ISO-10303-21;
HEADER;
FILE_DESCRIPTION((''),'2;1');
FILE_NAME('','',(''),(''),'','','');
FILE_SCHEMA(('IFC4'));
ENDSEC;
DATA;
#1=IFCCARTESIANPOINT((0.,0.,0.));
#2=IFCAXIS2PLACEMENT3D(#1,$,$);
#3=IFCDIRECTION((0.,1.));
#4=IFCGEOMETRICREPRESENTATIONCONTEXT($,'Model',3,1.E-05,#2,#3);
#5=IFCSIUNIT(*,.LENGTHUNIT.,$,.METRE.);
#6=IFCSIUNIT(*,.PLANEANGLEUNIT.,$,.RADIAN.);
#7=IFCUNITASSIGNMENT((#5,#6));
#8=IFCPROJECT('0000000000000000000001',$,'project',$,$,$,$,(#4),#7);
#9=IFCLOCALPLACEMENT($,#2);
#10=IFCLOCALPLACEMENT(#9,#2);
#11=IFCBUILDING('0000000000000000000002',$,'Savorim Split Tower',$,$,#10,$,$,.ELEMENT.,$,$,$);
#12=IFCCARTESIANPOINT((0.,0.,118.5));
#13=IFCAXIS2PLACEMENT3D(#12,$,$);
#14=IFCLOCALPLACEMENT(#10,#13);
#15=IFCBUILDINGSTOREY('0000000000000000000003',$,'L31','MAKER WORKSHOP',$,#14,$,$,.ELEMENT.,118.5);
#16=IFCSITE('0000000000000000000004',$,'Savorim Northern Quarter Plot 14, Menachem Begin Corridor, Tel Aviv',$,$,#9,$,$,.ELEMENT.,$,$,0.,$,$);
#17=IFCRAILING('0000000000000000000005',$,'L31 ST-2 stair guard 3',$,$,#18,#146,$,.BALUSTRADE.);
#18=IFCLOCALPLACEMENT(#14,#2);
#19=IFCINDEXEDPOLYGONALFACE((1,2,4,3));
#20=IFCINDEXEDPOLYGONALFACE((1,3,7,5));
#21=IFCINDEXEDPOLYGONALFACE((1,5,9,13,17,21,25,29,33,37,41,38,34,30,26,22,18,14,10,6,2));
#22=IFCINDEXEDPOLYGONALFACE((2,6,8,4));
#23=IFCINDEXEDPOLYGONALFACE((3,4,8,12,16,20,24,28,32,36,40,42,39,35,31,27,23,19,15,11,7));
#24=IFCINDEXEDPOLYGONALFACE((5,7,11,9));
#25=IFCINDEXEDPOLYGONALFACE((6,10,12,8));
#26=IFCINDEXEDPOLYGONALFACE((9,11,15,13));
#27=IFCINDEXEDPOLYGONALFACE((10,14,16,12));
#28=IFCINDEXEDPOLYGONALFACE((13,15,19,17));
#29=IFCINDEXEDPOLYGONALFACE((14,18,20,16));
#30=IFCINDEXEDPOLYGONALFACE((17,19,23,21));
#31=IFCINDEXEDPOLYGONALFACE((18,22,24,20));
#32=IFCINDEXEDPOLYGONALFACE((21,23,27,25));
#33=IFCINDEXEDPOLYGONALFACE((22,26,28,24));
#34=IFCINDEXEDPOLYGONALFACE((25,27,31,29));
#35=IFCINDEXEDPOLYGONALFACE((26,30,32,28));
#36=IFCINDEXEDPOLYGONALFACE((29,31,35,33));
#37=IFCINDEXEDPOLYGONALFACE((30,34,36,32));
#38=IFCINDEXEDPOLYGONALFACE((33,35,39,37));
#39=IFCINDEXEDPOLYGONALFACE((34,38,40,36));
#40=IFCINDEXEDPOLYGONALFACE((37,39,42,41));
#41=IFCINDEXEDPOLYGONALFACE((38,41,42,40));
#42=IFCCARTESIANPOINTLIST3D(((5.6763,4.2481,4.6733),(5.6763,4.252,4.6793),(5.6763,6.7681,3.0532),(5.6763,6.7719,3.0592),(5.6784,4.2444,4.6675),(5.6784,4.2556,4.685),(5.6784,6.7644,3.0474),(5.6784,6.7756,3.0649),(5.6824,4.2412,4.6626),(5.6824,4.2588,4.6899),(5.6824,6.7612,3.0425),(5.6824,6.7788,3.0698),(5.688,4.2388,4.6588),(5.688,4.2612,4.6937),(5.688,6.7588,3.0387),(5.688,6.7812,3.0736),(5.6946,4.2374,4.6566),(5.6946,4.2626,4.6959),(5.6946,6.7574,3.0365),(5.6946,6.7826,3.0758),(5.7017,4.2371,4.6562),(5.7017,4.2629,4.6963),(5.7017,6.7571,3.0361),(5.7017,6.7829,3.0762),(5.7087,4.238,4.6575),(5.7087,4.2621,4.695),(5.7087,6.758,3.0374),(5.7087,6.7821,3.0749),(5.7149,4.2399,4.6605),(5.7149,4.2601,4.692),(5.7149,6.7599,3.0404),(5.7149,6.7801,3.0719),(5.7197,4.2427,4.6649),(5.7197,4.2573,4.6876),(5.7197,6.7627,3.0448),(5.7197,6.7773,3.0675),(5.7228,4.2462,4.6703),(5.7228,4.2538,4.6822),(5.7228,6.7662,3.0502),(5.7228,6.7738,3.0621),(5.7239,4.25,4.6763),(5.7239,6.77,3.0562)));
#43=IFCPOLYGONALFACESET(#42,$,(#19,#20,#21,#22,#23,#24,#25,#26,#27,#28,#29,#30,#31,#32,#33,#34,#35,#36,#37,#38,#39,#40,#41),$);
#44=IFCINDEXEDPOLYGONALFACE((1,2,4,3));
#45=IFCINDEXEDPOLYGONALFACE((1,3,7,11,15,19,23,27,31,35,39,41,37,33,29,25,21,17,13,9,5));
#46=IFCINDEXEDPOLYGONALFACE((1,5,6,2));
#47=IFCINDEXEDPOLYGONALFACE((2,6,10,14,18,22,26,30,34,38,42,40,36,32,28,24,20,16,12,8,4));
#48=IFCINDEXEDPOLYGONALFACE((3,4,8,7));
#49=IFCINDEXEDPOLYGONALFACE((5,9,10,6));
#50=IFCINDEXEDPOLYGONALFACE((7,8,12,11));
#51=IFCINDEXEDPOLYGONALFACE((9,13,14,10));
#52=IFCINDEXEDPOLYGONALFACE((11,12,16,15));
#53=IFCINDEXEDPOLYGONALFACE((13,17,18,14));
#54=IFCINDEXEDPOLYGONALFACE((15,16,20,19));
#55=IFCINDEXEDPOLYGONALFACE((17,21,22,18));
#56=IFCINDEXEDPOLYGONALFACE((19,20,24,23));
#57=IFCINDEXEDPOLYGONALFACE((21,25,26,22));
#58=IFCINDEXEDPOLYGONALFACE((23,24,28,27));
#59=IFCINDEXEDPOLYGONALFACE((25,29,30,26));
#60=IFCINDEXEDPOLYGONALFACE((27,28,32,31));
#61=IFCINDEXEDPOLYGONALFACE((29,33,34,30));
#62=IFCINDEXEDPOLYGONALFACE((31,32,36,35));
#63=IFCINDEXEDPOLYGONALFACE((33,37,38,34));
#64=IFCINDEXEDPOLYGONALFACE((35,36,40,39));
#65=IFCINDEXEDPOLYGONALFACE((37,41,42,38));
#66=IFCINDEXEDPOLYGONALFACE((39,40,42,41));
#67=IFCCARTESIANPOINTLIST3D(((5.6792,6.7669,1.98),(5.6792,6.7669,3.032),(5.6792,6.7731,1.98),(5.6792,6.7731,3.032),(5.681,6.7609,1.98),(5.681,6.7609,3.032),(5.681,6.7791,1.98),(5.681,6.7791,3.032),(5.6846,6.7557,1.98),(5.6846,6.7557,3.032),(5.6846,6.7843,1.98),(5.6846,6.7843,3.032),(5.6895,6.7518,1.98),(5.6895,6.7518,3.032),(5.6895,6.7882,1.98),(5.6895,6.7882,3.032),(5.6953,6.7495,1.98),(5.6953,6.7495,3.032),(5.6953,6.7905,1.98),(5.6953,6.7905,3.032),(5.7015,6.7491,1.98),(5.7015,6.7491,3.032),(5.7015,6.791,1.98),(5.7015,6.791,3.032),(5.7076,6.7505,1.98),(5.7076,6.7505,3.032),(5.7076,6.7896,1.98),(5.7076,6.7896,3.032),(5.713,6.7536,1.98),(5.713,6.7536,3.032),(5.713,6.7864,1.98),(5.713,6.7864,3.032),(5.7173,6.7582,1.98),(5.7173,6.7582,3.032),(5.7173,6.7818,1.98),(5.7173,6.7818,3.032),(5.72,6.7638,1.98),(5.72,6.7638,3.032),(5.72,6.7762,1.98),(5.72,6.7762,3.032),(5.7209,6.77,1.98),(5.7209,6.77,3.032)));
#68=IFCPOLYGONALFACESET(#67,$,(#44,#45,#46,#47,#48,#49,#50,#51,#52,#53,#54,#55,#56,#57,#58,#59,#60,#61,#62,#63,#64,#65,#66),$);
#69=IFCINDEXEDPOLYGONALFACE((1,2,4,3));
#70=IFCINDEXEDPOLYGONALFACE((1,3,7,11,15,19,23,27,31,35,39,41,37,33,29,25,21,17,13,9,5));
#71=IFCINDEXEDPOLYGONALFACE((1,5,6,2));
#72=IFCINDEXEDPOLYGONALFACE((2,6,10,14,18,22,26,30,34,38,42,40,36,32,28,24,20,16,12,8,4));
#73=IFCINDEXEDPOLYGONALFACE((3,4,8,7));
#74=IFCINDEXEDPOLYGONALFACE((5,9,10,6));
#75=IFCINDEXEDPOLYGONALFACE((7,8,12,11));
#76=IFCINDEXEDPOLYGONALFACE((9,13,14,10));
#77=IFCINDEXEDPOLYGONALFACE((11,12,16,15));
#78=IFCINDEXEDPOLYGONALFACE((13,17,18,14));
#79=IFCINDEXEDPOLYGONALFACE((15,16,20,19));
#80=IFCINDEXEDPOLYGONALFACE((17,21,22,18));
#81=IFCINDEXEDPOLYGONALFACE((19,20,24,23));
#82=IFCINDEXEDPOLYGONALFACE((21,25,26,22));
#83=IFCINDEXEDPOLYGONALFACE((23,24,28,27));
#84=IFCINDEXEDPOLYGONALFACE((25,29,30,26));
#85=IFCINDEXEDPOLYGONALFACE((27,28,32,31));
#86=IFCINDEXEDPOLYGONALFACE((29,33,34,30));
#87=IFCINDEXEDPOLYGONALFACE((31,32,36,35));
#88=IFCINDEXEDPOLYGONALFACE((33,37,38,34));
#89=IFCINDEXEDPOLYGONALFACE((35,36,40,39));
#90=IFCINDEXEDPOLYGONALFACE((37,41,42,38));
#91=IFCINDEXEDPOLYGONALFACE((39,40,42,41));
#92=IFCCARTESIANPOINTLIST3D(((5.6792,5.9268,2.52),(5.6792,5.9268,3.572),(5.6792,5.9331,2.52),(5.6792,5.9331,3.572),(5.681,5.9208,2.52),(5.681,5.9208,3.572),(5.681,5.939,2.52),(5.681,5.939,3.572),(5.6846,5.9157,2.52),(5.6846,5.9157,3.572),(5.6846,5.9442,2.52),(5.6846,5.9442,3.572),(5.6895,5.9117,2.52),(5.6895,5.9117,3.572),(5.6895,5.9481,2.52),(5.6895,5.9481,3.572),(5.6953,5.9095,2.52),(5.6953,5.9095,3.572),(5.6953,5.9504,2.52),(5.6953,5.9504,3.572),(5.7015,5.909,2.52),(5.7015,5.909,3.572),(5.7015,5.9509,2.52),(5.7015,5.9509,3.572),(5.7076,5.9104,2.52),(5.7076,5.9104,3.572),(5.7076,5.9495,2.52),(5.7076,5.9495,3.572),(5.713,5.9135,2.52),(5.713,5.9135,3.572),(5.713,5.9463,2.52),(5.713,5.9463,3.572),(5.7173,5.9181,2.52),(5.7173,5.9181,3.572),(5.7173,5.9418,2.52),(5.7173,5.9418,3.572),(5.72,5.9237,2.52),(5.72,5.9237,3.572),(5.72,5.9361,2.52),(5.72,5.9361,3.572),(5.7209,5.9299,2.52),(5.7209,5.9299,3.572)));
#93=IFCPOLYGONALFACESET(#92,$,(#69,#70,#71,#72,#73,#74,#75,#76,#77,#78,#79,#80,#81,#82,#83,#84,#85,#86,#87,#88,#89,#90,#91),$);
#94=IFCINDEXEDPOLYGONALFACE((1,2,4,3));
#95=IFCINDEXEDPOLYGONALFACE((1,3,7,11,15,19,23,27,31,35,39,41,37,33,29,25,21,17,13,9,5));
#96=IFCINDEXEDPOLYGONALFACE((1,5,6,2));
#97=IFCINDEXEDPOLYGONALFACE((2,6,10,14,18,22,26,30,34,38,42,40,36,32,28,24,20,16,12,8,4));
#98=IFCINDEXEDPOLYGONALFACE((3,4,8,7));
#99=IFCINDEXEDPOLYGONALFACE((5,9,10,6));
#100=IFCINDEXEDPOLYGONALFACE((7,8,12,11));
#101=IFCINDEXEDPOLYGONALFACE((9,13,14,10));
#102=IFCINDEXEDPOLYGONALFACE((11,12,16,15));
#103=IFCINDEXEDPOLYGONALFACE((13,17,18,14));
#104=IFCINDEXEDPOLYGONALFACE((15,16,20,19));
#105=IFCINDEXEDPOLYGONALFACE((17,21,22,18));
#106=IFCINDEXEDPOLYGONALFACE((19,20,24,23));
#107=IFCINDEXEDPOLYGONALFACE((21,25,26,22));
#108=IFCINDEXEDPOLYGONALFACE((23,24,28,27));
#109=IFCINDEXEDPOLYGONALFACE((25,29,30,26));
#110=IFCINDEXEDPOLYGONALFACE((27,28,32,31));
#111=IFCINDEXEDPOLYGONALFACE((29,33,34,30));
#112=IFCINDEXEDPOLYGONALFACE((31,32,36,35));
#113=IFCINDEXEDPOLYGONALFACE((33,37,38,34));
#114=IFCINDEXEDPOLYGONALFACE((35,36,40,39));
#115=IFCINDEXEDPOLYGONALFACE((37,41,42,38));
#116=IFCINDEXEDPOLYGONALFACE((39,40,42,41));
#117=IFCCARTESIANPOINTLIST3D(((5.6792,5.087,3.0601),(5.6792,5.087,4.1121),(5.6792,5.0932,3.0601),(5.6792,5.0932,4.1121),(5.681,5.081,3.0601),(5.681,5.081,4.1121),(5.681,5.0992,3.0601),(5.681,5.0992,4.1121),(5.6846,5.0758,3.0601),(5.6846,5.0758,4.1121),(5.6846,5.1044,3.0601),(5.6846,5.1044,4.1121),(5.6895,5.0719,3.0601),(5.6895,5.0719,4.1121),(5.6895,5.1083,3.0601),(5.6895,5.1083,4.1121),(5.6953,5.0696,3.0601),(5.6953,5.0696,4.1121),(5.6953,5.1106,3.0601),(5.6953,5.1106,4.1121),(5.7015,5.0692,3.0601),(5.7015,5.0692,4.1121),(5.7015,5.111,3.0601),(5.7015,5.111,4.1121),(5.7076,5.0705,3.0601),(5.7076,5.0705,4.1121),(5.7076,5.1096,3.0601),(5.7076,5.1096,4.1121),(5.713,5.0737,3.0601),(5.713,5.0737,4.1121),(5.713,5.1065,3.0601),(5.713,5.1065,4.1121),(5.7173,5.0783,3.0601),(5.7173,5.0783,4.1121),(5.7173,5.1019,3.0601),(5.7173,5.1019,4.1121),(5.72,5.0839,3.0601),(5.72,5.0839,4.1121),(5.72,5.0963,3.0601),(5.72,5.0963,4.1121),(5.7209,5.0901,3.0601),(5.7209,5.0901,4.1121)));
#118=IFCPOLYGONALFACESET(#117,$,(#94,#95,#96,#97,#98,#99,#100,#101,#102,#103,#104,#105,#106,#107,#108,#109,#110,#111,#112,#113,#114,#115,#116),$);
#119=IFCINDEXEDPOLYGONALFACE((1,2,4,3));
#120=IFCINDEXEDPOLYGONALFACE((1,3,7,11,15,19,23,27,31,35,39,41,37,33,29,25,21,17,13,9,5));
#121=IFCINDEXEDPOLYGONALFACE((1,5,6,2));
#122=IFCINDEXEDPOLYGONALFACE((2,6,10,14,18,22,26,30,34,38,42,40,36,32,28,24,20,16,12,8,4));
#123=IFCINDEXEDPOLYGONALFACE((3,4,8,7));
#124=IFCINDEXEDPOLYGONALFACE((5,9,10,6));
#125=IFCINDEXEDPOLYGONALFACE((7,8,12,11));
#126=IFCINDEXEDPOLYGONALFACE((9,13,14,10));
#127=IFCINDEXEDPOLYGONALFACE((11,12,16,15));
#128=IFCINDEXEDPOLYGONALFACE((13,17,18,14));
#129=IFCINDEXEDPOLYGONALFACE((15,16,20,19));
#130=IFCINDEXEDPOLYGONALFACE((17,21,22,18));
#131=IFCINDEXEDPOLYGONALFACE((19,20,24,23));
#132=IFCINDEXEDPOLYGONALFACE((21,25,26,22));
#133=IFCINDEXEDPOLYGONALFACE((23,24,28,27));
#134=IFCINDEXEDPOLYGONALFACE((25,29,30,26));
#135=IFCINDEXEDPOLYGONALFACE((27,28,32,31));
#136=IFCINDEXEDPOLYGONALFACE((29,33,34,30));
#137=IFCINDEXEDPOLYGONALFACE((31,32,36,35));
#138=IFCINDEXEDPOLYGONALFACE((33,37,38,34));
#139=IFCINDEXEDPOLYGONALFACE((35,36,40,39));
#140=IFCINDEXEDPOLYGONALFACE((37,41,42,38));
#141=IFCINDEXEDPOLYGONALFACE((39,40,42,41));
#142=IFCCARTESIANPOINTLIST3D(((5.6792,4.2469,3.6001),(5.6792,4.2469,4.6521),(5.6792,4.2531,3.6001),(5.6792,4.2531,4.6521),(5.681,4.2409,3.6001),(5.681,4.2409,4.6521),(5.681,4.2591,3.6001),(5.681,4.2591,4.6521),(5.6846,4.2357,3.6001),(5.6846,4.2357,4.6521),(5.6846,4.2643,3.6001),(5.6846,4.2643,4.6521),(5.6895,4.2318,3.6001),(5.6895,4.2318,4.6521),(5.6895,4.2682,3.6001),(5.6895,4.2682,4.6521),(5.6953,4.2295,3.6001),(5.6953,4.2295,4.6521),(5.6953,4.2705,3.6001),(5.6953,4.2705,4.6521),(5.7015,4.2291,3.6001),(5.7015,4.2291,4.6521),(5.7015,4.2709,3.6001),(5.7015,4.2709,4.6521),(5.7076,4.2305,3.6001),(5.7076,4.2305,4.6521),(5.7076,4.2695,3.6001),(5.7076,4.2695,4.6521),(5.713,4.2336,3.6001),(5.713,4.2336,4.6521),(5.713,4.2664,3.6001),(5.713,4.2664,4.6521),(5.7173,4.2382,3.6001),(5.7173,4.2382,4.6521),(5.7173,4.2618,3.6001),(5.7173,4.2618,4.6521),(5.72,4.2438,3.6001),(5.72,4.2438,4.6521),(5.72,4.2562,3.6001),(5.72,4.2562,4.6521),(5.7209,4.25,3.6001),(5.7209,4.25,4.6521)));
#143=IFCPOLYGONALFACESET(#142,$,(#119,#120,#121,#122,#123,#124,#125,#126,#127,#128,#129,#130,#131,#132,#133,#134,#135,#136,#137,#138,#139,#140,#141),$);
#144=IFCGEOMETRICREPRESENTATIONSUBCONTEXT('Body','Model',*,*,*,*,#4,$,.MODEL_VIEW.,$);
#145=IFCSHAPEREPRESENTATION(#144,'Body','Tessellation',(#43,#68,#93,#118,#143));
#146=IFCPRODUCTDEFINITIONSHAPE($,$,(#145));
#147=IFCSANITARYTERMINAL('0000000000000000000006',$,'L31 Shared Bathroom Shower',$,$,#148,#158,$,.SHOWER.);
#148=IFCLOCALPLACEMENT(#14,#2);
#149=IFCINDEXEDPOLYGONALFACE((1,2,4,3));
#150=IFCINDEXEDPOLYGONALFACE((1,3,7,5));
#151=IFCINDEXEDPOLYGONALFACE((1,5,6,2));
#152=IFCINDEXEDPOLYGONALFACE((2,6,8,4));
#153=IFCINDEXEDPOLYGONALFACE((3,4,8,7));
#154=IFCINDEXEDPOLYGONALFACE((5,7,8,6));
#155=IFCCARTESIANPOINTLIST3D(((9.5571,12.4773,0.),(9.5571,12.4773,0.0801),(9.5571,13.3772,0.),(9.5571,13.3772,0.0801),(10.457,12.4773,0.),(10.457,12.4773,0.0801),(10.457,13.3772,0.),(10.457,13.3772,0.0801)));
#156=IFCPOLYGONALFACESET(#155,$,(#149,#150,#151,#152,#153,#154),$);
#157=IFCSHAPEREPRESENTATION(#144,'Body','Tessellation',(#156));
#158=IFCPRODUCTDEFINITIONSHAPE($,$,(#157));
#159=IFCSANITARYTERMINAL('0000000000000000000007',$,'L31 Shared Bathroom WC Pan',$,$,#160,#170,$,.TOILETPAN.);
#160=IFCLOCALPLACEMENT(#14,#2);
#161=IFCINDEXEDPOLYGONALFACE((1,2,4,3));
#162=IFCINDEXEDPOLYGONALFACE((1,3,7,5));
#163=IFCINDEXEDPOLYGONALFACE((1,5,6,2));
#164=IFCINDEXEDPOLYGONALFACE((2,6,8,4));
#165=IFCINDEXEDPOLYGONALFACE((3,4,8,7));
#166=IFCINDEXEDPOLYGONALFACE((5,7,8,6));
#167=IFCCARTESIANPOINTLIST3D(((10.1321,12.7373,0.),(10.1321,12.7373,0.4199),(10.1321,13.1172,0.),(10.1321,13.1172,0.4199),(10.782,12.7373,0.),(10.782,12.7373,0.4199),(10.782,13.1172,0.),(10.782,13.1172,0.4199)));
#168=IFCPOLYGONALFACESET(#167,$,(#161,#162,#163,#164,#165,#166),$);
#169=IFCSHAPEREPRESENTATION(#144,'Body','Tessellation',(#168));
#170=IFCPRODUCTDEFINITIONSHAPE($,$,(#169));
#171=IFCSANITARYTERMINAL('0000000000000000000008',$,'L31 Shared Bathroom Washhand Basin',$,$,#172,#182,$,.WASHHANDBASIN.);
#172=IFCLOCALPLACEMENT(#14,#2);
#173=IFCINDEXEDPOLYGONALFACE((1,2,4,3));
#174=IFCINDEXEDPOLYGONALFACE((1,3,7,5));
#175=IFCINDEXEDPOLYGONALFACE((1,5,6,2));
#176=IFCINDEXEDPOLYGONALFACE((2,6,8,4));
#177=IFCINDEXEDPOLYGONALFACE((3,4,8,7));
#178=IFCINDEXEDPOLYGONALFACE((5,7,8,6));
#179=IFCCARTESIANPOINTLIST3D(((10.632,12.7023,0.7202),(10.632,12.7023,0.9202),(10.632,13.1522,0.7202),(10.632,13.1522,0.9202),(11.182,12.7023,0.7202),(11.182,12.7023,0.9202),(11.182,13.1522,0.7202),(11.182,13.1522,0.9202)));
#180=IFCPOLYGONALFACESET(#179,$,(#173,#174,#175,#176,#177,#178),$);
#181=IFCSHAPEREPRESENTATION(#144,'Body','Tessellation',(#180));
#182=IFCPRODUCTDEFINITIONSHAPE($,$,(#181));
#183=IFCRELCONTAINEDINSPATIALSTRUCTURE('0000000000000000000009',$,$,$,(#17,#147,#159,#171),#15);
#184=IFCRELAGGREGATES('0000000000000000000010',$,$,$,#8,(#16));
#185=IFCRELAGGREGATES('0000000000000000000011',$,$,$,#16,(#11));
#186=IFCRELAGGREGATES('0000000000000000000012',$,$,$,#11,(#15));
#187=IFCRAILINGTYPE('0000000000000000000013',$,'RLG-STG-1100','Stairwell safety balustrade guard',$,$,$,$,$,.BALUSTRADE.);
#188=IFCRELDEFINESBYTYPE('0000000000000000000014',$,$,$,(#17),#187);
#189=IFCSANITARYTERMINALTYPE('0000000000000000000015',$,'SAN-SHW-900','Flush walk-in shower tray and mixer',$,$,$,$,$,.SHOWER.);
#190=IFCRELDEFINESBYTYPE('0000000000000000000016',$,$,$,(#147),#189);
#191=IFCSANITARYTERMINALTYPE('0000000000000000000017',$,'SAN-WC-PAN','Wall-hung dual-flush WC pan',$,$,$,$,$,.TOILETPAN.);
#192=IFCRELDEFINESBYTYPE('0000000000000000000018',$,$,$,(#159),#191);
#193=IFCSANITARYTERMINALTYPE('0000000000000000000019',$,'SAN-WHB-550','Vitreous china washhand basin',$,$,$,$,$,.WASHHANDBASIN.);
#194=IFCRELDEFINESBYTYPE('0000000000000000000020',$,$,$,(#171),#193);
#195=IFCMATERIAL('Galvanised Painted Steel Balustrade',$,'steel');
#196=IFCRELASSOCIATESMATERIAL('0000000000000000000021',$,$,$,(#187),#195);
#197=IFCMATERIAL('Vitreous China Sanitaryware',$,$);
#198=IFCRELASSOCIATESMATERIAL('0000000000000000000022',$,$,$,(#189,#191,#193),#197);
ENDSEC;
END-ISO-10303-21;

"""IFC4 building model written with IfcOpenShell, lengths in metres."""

from ifc_helpers import new_model, si_unit, direction, frame, origin, origin_2d, place, context, subcontext, project, spatial, rectangle, circle, extrude, material, type_object, element, save


model = new_model("IFC4")

# Units and contexts
model_context = context("Model", 3, precision=1e-05, world=origin(), true_north=direction((0.0, 1.0)))
body_context = subcontext(model_context, "Body", "Model", "MODEL_VIEW")
ifc_project = project(units=[si_unit("LENGTHUNIT", "METRE"), si_unit("PLANEANGLEUNIT", "RADIAN")], contexts=[model_context])

# Site, building, storey
site_placement = place(None, origin())
site = spatial("IfcSite", under=ifc_project, at=site_placement, Name="Savorim Northern Quarter Plot 14, Menachem Begin Corridor, Tel Aviv", CompositionType="ELEMENT", RefElevation=0.0)
building_placement = place(site_placement, origin())
building = spatial("IfcBuilding", under=site, at=building_placement, Name="Savorim Split Tower", CompositionType="ELEMENT")
storey_placement = place(building_placement, frame((0.0, 0.0, 118.5)))
storey = spatial("IfcBuildingStorey", under=building, at=storey_placement, Name="L31", Description="MAKER WORKSHOP", CompositionType="ELEMENT", Elevation=118.5)

# Railing
ifc_material_1 = material(Name="Galvanised Painted Steel Balustrade", Category="steel")
railing_type = type_object("IfcRailingType", Name="RLG-STG-1100", Description="Stairwell safety balustrade guard", PredefinedType="BALUSTRADE", material=ifc_material_1)
railing_1_placement = place(storey_placement, frame((5.7, 6.77, 1.98)))
element("IfcRailing", 1, at=railing_1_placement, inside=storey, type_object=railing_type, Name="L31 ST-2 stair guard 3", PredefinedType="BALUSTRADE", context=body_context, shape_type="SweptSolid", body=[
    extrude(circle(Radius=0.0239, at=origin_2d()), frame((0.0, 0.0, 1.0762), z_axis=(0.0, -0.841163, 0.540782), x_axis=(1.0, 0.0, 0.0)), (0.0, 0.0, 1.0), 2.9958),
    extrude(circle(Radius=0.021, at=origin_2d()), origin(), (0.0, 0.0, 1.0), 1.052),
    extrude(circle(Radius=0.021, at=origin_2d()), frame((0.0, -0.8401, 0.54)), (0.0, 0.0, 1.0), 1.052),
    extrude(circle(Radius=0.021, at=origin_2d()), frame((0.0, -1.6799, 1.0801)), (0.0, 0.0, 1.0), 1.052),
    extrude(circle(Radius=0.021, at=origin_2d()), frame((0.0, -2.52, 1.6201)), (0.0, 0.0, 1.0), 1.052),
])

# Sanitary terminals
ifc_material_2 = material(Name="Vitreous China Sanitaryware")
sanitary_terminal_type_1 = type_object("IfcSanitaryTerminalType", Name="SAN-SHW-900", Description="Flush walk-in shower tray and mixer", PredefinedType="SHOWER", material=ifc_material_2)
sanitary_terminal_1_placement = place(storey_placement, frame((10.0071, 12.9272, 0.0), z_axis=(0.0, 0.0, 1.0), x_axis=(1.0, 0.0, 0.0)))
element("IfcSanitaryTerminal", 2, at=sanitary_terminal_1_placement, inside=storey, type_object=sanitary_terminal_type_1, Name="L31 Shared Bathroom Shower", PredefinedType="SHOWER", context=body_context, shape_type="SweptSolid", body=[
    extrude(rectangle(XDim=0.8999, YDim=0.8999, at=origin_2d()), origin(), (0.0, 0.0, 1.0), 0.0801),
])
sanitary_terminal_type_2 = type_object("IfcSanitaryTerminalType", Name="SAN-WC-PAN", Description="Wall-hung dual-flush WC pan", PredefinedType="TOILETPAN", material=ifc_material_2)
sanitary_terminal_2_placement = place(storey_placement, frame((10.457, 12.9272, 0.0), z_axis=(0.0, 0.0, 1.0), x_axis=(1.0, 0.0, 0.0)))
element("IfcSanitaryTerminal", 3, at=sanitary_terminal_2_placement, inside=storey, type_object=sanitary_terminal_type_2, Name="L31 Shared Bathroom WC Pan", PredefinedType="TOILETPAN", context=body_context, shape_type="SweptSolid", body=[
    extrude(rectangle(XDim=0.6499, YDim=0.3799, at=origin_2d()), origin(), (0.0, 0.0, 1.0), 0.4199),
])
sanitary_terminal_type_3 = type_object("IfcSanitaryTerminalType", Name="SAN-WHB-550", Description="Vitreous china washhand basin", PredefinedType="WASHHANDBASIN", material=ifc_material_2)
sanitary_terminal_3_placement = place(storey_placement, frame((10.907, 12.9272, 0.7202), z_axis=(0.0, 0.0, 1.0), x_axis=(1.0, 0.0, 0.0)))
element("IfcSanitaryTerminal", 4, at=sanitary_terminal_3_placement, inside=storey, type_object=sanitary_terminal_type_3, Name="L31 Shared Bathroom Washhand Basin", PredefinedType="WASHHANDBASIN", context=body_context, shape_type="SweptSolid", body=[
    extrude(rectangle(XDim=0.55, YDim=0.45, at=origin_2d()), origin(), (0.0, 0.0, 1.0), 0.2),
])

save(model, "model.ifc")
